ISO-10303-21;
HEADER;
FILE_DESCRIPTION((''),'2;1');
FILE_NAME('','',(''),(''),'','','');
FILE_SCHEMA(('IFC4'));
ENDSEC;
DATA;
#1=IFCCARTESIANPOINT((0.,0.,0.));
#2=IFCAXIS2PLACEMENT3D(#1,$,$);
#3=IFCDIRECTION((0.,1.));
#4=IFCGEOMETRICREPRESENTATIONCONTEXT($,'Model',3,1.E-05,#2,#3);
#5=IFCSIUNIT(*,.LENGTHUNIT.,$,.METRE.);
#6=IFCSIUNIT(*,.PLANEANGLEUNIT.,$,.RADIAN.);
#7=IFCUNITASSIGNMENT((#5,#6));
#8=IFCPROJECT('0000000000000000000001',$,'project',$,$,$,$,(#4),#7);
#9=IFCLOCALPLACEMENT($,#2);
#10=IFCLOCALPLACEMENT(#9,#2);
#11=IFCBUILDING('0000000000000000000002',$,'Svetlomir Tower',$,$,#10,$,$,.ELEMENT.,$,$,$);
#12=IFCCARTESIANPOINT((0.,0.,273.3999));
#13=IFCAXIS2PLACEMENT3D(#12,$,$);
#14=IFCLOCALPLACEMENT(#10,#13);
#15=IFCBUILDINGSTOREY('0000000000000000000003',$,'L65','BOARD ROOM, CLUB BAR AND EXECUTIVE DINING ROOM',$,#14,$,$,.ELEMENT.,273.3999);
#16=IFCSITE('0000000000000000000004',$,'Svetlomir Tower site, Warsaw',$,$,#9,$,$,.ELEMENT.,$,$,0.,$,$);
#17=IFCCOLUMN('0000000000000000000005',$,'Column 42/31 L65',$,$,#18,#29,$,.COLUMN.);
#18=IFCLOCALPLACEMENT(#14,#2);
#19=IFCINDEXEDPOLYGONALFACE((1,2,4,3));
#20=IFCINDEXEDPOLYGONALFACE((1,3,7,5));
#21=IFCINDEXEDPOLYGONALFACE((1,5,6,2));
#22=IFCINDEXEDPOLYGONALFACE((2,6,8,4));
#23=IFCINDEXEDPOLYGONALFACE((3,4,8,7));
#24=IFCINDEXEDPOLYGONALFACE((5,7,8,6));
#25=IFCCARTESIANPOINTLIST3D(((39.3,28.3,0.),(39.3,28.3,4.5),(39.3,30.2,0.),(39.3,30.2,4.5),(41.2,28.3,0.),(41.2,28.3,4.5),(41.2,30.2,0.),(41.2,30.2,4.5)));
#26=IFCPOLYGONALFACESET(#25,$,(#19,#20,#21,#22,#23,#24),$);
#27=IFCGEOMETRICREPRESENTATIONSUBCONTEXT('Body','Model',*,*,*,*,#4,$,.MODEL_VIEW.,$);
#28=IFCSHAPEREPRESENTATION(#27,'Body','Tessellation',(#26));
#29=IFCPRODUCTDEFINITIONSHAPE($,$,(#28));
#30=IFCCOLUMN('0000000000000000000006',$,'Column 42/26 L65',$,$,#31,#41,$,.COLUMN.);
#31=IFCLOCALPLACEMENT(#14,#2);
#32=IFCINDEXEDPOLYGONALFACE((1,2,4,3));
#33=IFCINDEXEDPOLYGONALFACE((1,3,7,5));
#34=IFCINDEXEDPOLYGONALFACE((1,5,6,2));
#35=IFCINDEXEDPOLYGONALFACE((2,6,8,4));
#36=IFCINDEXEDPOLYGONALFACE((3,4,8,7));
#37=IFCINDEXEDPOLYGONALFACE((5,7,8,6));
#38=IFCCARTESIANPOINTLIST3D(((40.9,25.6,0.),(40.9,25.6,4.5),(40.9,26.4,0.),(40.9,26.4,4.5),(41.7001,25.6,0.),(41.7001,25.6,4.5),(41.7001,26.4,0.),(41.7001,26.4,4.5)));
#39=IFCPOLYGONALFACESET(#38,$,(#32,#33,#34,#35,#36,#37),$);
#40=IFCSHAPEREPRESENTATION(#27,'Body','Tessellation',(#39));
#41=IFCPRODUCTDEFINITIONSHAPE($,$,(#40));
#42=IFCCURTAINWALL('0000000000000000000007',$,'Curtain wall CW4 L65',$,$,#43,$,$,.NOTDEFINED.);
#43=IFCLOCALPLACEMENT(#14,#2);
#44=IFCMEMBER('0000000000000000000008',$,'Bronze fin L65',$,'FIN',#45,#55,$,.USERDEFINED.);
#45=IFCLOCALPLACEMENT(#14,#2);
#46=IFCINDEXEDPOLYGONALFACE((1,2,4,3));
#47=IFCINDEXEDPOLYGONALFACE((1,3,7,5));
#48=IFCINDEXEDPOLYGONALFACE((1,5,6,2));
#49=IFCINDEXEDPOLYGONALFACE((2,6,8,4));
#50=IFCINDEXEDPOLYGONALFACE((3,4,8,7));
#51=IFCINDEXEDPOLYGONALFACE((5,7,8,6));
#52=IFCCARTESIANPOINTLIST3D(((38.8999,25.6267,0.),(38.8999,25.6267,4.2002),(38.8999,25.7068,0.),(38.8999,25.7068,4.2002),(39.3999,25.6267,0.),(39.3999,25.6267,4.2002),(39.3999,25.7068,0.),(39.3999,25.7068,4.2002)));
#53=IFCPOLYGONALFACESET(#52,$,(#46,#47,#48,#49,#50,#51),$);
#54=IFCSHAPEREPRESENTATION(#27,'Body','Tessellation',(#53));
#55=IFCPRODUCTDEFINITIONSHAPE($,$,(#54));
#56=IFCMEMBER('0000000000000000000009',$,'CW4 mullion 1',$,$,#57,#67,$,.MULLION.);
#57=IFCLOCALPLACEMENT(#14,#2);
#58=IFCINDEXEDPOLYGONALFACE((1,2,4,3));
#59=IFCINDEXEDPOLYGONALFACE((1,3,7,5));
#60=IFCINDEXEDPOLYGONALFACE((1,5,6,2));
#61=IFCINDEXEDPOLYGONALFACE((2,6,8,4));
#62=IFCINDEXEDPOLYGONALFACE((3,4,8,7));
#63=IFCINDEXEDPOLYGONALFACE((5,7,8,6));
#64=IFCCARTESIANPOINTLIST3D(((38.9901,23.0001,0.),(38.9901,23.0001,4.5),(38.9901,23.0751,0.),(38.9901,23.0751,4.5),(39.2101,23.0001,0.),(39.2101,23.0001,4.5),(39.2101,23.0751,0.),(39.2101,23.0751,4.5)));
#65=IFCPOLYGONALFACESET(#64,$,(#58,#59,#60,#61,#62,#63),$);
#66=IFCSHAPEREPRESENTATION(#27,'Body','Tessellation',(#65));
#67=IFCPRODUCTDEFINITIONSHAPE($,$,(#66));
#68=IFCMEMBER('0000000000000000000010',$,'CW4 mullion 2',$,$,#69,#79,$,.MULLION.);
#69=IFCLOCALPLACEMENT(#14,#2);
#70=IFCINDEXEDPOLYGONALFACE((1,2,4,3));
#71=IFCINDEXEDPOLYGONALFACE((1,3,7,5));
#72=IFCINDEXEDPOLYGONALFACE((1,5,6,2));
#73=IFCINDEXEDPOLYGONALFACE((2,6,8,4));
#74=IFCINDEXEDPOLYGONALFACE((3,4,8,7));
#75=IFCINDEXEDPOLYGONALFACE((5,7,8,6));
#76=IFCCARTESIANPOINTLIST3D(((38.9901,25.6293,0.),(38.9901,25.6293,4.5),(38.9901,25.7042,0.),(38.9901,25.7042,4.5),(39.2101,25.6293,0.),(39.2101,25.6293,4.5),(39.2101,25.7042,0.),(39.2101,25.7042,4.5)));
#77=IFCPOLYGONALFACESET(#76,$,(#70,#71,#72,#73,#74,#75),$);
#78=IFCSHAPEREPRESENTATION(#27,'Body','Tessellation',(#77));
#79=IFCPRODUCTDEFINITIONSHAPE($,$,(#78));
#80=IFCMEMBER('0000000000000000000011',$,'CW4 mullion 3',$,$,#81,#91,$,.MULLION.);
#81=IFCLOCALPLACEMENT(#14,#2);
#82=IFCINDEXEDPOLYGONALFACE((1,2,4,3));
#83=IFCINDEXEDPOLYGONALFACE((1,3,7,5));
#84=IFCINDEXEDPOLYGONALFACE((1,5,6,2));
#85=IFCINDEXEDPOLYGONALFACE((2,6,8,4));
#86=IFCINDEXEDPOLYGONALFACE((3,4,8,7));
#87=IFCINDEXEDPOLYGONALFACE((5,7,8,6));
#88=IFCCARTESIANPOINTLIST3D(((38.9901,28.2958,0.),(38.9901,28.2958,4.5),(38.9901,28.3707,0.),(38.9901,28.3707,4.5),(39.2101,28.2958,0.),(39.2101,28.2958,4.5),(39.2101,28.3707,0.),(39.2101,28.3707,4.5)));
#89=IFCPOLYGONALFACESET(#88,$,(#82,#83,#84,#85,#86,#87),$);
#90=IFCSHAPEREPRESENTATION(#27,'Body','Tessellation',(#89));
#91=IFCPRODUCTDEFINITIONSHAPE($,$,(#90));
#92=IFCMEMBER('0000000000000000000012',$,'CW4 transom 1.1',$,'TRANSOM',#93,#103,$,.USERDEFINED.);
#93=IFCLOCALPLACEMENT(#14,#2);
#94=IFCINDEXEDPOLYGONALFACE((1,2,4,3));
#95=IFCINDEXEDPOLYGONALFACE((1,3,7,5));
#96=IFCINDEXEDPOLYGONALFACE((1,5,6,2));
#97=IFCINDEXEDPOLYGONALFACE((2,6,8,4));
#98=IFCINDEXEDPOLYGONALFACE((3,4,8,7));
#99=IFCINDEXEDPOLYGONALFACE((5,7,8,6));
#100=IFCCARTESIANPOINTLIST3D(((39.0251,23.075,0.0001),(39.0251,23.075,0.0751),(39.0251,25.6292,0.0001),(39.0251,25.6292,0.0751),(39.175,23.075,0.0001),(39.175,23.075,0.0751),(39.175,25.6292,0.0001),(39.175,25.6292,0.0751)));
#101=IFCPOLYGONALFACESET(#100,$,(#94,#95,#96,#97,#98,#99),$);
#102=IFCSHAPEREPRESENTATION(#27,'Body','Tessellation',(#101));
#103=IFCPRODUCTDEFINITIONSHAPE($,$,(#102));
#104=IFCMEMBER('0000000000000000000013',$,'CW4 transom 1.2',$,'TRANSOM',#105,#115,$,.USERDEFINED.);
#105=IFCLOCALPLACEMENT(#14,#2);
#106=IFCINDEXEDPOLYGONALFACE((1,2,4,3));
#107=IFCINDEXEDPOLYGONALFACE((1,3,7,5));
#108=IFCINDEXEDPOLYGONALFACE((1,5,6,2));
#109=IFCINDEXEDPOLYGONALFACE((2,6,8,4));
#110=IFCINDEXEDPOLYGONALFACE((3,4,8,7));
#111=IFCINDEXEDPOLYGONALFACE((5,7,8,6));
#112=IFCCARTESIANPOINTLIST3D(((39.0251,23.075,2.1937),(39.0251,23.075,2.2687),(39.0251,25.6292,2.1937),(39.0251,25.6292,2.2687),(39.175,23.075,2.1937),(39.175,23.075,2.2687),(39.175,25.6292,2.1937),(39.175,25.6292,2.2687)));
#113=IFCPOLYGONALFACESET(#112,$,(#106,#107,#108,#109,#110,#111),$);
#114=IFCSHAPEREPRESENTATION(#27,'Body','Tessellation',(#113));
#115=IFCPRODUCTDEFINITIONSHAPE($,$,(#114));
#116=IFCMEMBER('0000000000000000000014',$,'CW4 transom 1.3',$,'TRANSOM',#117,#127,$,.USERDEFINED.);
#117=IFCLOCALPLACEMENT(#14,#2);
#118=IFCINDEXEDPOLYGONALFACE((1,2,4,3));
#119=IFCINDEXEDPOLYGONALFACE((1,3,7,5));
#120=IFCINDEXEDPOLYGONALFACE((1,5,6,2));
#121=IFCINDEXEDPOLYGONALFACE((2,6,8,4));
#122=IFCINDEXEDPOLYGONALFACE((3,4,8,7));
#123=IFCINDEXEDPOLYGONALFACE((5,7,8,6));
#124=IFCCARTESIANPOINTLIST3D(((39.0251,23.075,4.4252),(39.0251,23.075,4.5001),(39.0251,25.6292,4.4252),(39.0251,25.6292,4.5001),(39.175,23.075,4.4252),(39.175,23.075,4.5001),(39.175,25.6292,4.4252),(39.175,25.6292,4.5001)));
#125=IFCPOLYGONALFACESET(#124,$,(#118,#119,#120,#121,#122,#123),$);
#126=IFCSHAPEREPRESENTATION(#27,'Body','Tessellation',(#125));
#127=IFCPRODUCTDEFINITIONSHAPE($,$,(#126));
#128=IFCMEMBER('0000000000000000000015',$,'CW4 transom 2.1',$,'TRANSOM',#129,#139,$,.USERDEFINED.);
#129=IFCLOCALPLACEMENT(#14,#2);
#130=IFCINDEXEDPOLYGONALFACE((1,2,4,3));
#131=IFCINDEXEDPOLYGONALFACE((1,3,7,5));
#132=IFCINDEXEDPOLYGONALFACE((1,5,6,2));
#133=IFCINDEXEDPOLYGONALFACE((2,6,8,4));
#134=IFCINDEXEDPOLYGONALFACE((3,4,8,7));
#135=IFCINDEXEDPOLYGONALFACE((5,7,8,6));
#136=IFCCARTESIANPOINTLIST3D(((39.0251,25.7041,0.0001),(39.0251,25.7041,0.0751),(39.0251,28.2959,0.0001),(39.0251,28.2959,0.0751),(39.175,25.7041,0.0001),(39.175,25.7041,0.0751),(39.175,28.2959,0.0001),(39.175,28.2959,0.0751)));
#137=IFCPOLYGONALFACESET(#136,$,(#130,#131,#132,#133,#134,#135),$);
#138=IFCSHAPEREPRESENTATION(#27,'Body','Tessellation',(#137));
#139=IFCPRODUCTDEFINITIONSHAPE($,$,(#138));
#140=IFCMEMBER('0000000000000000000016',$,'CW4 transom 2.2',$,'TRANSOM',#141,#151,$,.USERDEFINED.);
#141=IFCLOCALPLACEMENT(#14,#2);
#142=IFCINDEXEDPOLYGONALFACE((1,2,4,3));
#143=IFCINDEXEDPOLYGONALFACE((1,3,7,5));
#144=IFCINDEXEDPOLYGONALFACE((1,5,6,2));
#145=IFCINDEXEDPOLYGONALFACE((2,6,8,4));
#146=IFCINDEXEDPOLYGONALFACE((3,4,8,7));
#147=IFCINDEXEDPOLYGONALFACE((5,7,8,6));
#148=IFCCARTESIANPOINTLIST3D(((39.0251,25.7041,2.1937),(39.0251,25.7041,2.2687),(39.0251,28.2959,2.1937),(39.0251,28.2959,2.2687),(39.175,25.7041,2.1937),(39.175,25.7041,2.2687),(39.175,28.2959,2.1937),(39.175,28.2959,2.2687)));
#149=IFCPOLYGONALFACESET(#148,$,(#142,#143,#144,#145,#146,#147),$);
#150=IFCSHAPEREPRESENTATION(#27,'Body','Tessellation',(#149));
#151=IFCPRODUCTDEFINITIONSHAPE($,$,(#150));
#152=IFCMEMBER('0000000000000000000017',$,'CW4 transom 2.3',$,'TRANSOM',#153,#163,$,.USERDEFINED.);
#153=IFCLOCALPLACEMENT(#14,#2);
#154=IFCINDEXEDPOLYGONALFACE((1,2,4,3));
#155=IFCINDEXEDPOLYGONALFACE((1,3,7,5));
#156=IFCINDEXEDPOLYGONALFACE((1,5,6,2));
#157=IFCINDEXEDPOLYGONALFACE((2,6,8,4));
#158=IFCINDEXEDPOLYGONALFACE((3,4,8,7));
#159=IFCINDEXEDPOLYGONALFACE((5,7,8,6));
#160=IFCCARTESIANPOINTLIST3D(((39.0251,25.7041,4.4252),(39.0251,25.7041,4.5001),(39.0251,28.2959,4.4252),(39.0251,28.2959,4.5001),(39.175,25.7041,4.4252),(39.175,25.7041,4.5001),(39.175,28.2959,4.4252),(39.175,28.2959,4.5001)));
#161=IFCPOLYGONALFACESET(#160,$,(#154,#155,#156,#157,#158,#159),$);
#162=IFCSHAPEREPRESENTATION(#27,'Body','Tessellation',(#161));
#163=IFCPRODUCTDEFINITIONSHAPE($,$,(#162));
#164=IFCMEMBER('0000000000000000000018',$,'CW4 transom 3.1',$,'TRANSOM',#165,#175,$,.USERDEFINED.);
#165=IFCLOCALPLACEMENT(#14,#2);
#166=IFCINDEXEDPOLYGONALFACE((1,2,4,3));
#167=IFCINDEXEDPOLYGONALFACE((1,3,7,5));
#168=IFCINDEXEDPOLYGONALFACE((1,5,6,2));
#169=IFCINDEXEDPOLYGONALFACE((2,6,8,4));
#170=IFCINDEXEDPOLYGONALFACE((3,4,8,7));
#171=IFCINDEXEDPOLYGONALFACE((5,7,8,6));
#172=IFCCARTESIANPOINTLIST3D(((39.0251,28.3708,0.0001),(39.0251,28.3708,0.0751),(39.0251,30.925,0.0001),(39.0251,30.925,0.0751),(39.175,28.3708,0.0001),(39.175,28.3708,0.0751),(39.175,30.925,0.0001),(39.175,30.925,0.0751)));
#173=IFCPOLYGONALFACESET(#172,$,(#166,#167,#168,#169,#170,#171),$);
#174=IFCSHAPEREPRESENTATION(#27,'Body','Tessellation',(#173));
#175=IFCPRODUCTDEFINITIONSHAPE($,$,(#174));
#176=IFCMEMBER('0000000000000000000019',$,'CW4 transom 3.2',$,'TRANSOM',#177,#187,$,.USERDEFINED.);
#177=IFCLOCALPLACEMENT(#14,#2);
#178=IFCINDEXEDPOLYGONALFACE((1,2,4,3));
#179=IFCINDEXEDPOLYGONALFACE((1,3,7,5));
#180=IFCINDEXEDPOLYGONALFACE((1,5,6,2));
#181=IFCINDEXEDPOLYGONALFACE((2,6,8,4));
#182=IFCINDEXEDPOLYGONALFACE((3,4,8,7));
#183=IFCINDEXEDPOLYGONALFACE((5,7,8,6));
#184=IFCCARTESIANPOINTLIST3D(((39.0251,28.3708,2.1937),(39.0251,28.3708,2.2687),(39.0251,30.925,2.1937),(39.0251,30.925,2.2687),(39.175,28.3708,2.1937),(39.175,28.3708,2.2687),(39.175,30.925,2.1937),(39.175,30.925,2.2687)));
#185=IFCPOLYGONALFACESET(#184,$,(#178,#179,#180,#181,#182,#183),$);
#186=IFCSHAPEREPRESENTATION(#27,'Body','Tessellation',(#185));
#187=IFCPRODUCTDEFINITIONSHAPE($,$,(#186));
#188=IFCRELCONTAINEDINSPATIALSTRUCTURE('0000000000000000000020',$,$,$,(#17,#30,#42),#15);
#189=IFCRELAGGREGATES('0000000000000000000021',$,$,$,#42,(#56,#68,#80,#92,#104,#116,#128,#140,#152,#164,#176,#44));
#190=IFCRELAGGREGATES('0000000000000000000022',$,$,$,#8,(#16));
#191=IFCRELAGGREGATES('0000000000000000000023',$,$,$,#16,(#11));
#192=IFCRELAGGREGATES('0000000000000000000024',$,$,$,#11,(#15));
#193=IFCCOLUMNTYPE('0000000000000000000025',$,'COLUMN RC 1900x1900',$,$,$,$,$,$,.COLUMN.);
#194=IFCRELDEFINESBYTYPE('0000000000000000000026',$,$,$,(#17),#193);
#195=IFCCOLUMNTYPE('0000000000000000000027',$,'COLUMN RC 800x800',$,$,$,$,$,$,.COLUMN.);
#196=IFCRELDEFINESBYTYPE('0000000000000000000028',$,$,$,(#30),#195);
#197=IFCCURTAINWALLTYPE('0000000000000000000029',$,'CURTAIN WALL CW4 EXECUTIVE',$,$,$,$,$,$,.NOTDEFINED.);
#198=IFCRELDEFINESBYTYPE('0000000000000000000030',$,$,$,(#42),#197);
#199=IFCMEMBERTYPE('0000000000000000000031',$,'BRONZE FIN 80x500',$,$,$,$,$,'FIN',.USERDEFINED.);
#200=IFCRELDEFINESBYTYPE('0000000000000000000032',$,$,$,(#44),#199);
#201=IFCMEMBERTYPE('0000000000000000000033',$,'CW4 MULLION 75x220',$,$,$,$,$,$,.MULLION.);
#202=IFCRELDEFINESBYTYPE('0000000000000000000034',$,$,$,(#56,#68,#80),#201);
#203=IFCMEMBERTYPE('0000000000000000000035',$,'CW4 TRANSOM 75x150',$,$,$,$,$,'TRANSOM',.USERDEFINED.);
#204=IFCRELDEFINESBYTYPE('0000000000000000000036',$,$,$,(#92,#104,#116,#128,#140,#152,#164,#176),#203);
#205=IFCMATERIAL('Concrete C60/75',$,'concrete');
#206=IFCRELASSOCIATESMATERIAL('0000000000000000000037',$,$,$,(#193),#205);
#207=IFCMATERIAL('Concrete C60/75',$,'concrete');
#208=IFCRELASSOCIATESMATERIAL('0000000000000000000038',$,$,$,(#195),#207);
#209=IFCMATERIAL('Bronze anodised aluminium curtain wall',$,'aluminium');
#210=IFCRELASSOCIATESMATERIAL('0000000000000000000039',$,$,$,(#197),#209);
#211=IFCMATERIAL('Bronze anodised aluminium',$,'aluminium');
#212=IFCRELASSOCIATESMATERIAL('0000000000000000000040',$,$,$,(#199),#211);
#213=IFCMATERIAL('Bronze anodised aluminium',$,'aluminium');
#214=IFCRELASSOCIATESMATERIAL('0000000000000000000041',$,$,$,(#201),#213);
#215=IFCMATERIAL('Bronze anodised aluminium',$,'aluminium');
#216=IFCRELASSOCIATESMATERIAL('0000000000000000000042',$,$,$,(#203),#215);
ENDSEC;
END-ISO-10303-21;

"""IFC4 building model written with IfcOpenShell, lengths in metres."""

from ifc_helpers import new_model, si_unit, direction, frame, origin, origin_2d, place, context, subcontext, project, spatial, rectangle, extrude, material, material_profile, profile_set, type_object, element, aggregate, save


model = new_model("IFC4")

# Units and contexts
model_context = context("Model", 3, precision=1e-05, world=origin(), true_north=direction((0.0, 1.0)))
body_context = subcontext(model_context, "Body", "Model", "MODEL_VIEW")
ifc_project = project(units=[si_unit("LENGTHUNIT", "METRE"), si_unit("PLANEANGLEUNIT", "RADIAN")], contexts=[model_context])

# Site, building, storey
site_placement = place(None, origin())
site = spatial("IfcSite", under=ifc_project, at=site_placement, Name="Svetlomir Tower site, Warsaw", CompositionType="ELEMENT", RefElevation=0.0)
building_placement = place(site_placement, origin())
building = spatial("IfcBuilding", under=site, at=building_placement, Name="Svetlomir Tower", CompositionType="ELEMENT")
storey_placement = place(building_placement, frame((0.0, 0.0, 273.3999)))
storey = spatial("IfcBuildingStorey", under=building, at=storey_placement, Name="L65", Description="BOARD ROOM, CLUB BAR AND EXECUTIVE DINING ROOM", CompositionType="ELEMENT", Elevation=273.3999)

# Columns
ifc_material_1 = material(Name="Concrete C60/75", Category="concrete")
ifc_material_profile_1 = material_profile(ifc_material_1, rectangle(XDim=1.8999, YDim=1.8999, at=origin_2d()), Name="RC 1900x1900")
ifc_profile_set_1 = profile_set([ifc_material_profile_1], Name="Concrete C60/75")
column_type_1 = type_object("IfcColumnType", Name="COLUMN RC 1900x1900", PredefinedType="COLUMN", material=ifc_profile_set_1)
column_1_placement = place(storey_placement, frame((40.25, 29.25, 0.0), z_axis=(0.0, 0.0, 1.0), x_axis=(1.0, 0.0, 0.0)))
element("IfcColumn", 1, at=column_1_placement, inside=storey, type_object=column_type_1, Name="Column 42/31 L65", PredefinedType="COLUMN", context=body_context, shape_type="SweptSolid", body=[
    extrude(rectangle(XDim=1.8999, YDim=1.8999, at=origin_2d()), origin(), (0.0, 0.0, 1.0), 4.5),
])
ifc_material_2 = material(Name="Concrete C60/75", Category="concrete")
ifc_material_profile_2 = material_profile(ifc_material_2, rectangle(XDim=0.8, YDim=0.8, at=origin_2d()), Name="RC 800x800")
ifc_profile_set_2 = profile_set([ifc_material_profile_2], Name="Concrete C60/75")
column_type_2 = type_object("IfcColumnType", Name="COLUMN RC 800x800", PredefinedType="COLUMN", material=ifc_profile_set_2)
column_2_placement = place(storey_placement, frame((41.3, 26.0, 0.0), z_axis=(0.0, 0.0, 1.0), x_axis=(1.0, 0.0, 0.0)))
element("IfcColumn", 2, at=column_2_placement, inside=storey, type_object=column_type_2, Name="Column 42/26 L65", PredefinedType="COLUMN", context=body_context, shape_type="SweptSolid", body=[
    extrude(rectangle(XDim=0.8, YDim=0.8, at=origin_2d()), origin(), (0.0, 0.0, 1.0), 4.5),
])

# Curtain wall, members
ifc_material_3 = material(Name="Bronze anodised aluminium curtain wall", Category="aluminium")
curtain_wall_type = type_object("IfcCurtainWallType", Name="CURTAIN WALL CW4 EXECUTIVE", PredefinedType="NOTDEFINED", material=ifc_material_3)
curtain_wall_placement = place(storey_placement, origin())
curtain_wall = element("IfcCurtainWall", 3, at=curtain_wall_placement, inside=storey, type_object=curtain_wall_type, Name="Curtain wall CW4 L65", PredefinedType="NOTDEFINED")
ifc_material_4 = material(Name="Bronze anodised aluminium", Category="aluminium")
ifc_material_profile_3 = material_profile(ifc_material_4, rectangle(XDim=0.0801, YDim=0.5, at=origin_2d()), Name="FIN 80x500")
ifc_profile_set_3 = profile_set([ifc_material_profile_3], Name="Bronze anodised aluminium 6063-T6")
member_type_1 = type_object("IfcMemberType", Name="BRONZE FIN 80x500", ElementType="FIN", PredefinedType="USERDEFINED", material=ifc_profile_set_3)
member_1_placement = place(storey_placement, frame((39.1499, 25.6667, 0.0), z_axis=(0.0, 0.0, 1.0), x_axis=(0.0, 1.0, 0.0)))
member_1 = element("IfcMember", 4, at=member_1_placement, type_object=member_type_1, Name="Bronze fin L65", ObjectType="FIN", PredefinedType="USERDEFINED", context=body_context, shape_type="SweptSolid", body=[
    extrude(rectangle(XDim=0.0801, YDim=0.5, at=origin_2d()), origin(), (0.0, 0.0, 1.0), 4.2002),
])
ifc_material_5 = material(Name="Bronze anodised aluminium", Category="aluminium")
ifc_material_profile_4 = material_profile(ifc_material_5, rectangle(XDim=0.075, YDim=0.22, at=origin_2d()), Name="AL 75x220")
ifc_profile_set_4 = profile_set([ifc_material_profile_4], Name="Bronze anodised aluminium 6063-T6")
member_type_2 = type_object("IfcMemberType", Name="CW4 MULLION 75x220", PredefinedType="MULLION", material=ifc_profile_set_4)
member_2_placement = place(storey_placement, frame((39.1001, 23.0376, 0.0), z_axis=(0.0, 0.0, 1.0), x_axis=(0.0, 1.0, 0.0)))
member_2 = element("IfcMember", 5, at=member_2_placement, type_object=member_type_2, Name="CW4 mullion 1", PredefinedType="MULLION", context=body_context, shape_type="SweptSolid", body=[
    extrude(rectangle(XDim=0.075, YDim=0.22, at=origin_2d()), origin(), (0.0, 0.0, 1.0), 4.5),
])
member_3_placement = place(storey_placement, frame((39.1001, 25.6667, 0.0), z_axis=(0.0, 0.0, 1.0), x_axis=(0.0, 1.0, 0.0)))
member_3 = element("IfcMember", 6, at=member_3_placement, type_object=member_type_2, Name="CW4 mullion 2", PredefinedType="MULLION", context=body_context, shape_type="SweptSolid", body=[
    extrude(rectangle(XDim=0.075, YDim=0.22, at=origin_2d()), origin(), (0.0, 0.0, 1.0), 4.5),
])
member_4_placement = place(storey_placement, frame((39.1001, 28.3333, 0.0), z_axis=(0.0, 0.0, 1.0), x_axis=(0.0, 1.0, 0.0)))
member_4 = element("IfcMember", 7, at=member_4_placement, type_object=member_type_2, Name="CW4 mullion 3", PredefinedType="MULLION", context=body_context, shape_type="SweptSolid", body=[
    extrude(rectangle(XDim=0.075, YDim=0.22, at=origin_2d()), origin(), (0.0, 0.0, 1.0), 4.5),
])
ifc_material_6 = material(Name="Bronze anodised aluminium", Category="aluminium")
ifc_material_profile_5 = material_profile(ifc_material_6, rectangle(XDim=0.1499, YDim=0.075, at=origin_2d()), Name="AL 150x75")
ifc_profile_set_5 = profile_set([ifc_material_profile_5], Name="Bronze anodised aluminium 6063-T6")
member_type_3 = type_object("IfcMemberType", Name="CW4 TRANSOM 75x150", ElementType="TRANSOM", PredefinedType="USERDEFINED", material=ifc_profile_set_5)
member_5_placement = place(storey_placement, frame((39.1001, 23.075, 0.0376), z_axis=(0.0, 1.0, 0.0), x_axis=(-1.0, 0.0, 0.0)))
member_5 = element("IfcMember", 8, at=member_5_placement, type_object=member_type_3, Name="CW4 transom 1.1", ObjectType="TRANSOM", PredefinedType="USERDEFINED", context=body_context, shape_type="SweptSolid", body=[
    extrude(rectangle(XDim=0.1499, YDim=0.075, at=origin_2d()), origin(), (0.0, 0.0, 1.0), 2.5542),
])
member_6_placement = place(storey_placement, frame((39.1001, 23.075, 2.2312), z_axis=(0.0, 1.0, 0.0), x_axis=(-1.0, 0.0, 0.0)))
member_6 = element("IfcMember", 9, at=member_6_placement, type_object=member_type_3, Name="CW4 transom 1.2", ObjectType="TRANSOM", PredefinedType="USERDEFINED", context=body_context, shape_type="SweptSolid", body=[
    extrude(rectangle(XDim=0.1499, YDim=0.075, at=origin_2d()), origin(), (0.0, 0.0, 1.0), 2.5542),
])
member_7_placement = place(storey_placement, frame((39.1001, 23.075, 4.4626), z_axis=(0.0, 1.0, 0.0), x_axis=(-1.0, 0.0, 0.0)))
member_7 = element("IfcMember", 10, at=member_7_placement, type_object=member_type_3, Name="CW4 transom 1.3", ObjectType="TRANSOM", PredefinedType="USERDEFINED", context=body_context, shape_type="SweptSolid", body=[
    extrude(rectangle(XDim=0.1499, YDim=0.075, at=origin_2d()), origin(), (0.0, 0.0, 1.0), 2.5542),
])
member_8_placement = place(storey_placement, frame((39.1001, 25.7041, 0.0376), z_axis=(0.0, 1.0, 0.0), x_axis=(-1.0, 0.0, 0.0)))
member_8 = element("IfcMember", 11, at=member_8_placement, type_object=member_type_3, Name="CW4 transom 2.1", ObjectType="TRANSOM", PredefinedType="USERDEFINED", context=body_context, shape_type="SweptSolid", body=[
    extrude(rectangle(XDim=0.1499, YDim=0.075, at=origin_2d()), origin(), (0.0, 0.0, 1.0), 2.5918),
])
member_9_placement = place(storey_placement, frame((39.1001, 25.7041, 2.2312), z_axis=(0.0, 1.0, 0.0), x_axis=(-1.0, 0.0, 0.0)))
member_9 = element("IfcMember", 12, at=member_9_placement, type_object=member_type_3, Name="CW4 transom 2.2", ObjectType="TRANSOM", PredefinedType="USERDEFINED", context=body_context, shape_type="SweptSolid", body=[
    extrude(rectangle(XDim=0.1499, YDim=0.075, at=origin_2d()), origin(), (0.0, 0.0, 1.0), 2.5918),
])
member_10_placement = place(storey_placement, frame((39.1001, 25.7041, 4.4626), z_axis=(0.0, 1.0, 0.0), x_axis=(-1.0, 0.0, 0.0)))
member_10 = element("IfcMember", 13, at=member_10_placement, type_object=member_type_3, Name="CW4 transom 2.3", ObjectType="TRANSOM", PredefinedType="USERDEFINED", context=body_context, shape_type="SweptSolid", body=[
    extrude(rectangle(XDim=0.1499, YDim=0.075, at=origin_2d()), origin(), (0.0, 0.0, 1.0), 2.5918),
])
member_11_placement = place(storey_placement, frame((39.1001, 28.3708, 0.0376), z_axis=(0.0, 1.0, 0.0), x_axis=(-1.0, 0.0, 0.0)))
member_11 = element("IfcMember", 14, at=member_11_placement, type_object=member_type_3, Name="CW4 transom 3.1", ObjectType="TRANSOM", PredefinedType="USERDEFINED", context=body_context, shape_type="SweptSolid", body=[
    extrude(rectangle(XDim=0.1499, YDim=0.075, at=origin_2d()), origin(), (0.0, 0.0, 1.0), 2.5542),
])
member_12_placement = place(storey_placement, frame((39.1001, 28.3708, 2.2312), z_axis=(0.0, 1.0, 0.0), x_axis=(-1.0, 0.0, 0.0)))
member_12 = element("IfcMember", 15, at=member_12_placement, type_object=member_type_3, Name="CW4 transom 3.2", ObjectType="TRANSOM", PredefinedType="USERDEFINED", context=body_context, shape_type="SweptSolid", body=[
    extrude(rectangle(XDim=0.1499, YDim=0.075, at=origin_2d()), origin(), (0.0, 0.0, 1.0), 2.5542),
])

aggregate(curtain_wall, [member_2, member_3, member_4, member_5, member_6, member_7, member_8, member_9, member_10, member_11, member_12, member_1])

save(model, "model.ifc")
